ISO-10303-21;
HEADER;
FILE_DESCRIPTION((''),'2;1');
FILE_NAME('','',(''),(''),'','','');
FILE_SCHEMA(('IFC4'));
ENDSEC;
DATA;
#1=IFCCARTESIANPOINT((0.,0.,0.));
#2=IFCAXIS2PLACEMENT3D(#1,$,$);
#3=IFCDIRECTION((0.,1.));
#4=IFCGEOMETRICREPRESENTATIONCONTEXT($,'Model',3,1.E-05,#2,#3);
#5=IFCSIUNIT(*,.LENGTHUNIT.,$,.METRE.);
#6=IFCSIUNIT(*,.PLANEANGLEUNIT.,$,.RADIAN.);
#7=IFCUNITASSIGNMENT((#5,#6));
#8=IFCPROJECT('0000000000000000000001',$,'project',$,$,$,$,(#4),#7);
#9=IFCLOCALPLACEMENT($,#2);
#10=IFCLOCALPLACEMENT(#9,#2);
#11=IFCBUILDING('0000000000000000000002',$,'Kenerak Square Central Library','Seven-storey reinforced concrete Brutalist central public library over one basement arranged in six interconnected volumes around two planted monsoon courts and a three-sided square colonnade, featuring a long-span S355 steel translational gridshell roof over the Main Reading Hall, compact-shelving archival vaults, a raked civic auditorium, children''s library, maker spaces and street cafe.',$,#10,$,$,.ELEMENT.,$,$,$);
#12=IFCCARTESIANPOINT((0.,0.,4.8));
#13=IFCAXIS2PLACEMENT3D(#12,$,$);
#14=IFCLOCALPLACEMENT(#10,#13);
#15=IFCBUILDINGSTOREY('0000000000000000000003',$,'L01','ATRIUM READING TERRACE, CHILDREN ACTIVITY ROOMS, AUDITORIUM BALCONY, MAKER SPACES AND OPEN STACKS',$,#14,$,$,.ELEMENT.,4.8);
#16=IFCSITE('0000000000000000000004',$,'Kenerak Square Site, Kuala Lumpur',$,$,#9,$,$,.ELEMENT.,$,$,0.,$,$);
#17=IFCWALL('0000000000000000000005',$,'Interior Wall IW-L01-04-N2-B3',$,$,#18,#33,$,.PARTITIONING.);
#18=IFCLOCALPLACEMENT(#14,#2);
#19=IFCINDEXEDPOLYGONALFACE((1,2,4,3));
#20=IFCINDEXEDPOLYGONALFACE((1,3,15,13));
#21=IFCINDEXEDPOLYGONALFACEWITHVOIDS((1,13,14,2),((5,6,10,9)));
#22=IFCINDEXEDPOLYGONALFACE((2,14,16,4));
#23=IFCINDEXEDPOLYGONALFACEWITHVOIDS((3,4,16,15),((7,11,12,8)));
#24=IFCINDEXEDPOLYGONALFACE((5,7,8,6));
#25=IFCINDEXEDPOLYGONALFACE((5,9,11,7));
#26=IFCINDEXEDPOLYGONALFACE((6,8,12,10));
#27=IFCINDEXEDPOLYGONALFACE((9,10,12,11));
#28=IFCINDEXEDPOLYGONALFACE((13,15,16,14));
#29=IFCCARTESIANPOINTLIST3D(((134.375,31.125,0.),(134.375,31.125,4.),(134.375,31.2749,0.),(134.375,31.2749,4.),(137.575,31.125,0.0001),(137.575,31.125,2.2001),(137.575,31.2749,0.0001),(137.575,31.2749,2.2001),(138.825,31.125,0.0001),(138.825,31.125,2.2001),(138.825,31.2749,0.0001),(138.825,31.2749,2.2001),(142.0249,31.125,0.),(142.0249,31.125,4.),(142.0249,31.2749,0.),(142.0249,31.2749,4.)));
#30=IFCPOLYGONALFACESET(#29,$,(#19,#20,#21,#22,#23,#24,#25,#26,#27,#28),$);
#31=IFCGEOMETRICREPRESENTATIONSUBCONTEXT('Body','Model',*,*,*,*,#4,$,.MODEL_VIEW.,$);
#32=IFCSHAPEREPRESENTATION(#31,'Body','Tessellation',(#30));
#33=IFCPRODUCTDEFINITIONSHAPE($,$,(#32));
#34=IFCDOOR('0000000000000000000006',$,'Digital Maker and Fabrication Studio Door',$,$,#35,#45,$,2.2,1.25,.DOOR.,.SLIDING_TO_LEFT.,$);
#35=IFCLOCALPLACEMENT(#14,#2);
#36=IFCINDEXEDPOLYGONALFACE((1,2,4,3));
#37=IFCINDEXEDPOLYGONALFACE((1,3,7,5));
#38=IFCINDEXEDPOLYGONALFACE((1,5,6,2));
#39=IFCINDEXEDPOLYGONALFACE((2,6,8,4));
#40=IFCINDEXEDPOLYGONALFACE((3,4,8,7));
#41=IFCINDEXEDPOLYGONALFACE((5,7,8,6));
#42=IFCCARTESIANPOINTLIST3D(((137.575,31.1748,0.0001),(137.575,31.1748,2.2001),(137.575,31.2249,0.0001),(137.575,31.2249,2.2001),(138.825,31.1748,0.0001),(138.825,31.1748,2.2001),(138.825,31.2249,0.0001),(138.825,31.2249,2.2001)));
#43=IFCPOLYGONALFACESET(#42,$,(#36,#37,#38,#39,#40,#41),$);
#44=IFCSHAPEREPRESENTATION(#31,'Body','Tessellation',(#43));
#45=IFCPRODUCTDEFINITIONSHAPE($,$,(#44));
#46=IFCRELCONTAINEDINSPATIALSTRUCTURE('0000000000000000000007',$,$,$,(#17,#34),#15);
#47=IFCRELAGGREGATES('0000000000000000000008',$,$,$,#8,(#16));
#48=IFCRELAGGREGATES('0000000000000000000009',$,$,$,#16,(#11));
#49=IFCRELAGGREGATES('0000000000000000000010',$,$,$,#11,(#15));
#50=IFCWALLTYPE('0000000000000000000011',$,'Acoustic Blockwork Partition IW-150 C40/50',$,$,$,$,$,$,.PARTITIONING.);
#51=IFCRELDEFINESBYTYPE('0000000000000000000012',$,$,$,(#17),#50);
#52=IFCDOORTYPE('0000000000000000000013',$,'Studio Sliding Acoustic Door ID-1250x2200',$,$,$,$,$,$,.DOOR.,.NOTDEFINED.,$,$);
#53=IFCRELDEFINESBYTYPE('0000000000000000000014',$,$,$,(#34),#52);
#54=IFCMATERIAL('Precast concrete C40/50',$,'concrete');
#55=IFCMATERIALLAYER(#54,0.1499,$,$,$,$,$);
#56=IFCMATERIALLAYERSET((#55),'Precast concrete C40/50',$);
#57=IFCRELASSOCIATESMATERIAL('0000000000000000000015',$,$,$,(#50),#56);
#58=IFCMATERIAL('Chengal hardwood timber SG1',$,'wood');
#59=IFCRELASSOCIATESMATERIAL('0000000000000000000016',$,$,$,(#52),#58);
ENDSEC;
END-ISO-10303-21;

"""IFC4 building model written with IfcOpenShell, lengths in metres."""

from ifc_helpers import new_model, si_unit, direction, frame, frame_2d, origin, place, context, subcontext, project, spatial, rectangle, extrude, material, layer, layer_set, type_object, element, fill, save


model = new_model("IFC4")

# Units and contexts
model_context = context("Model", 3, precision=1e-05, world=origin(), true_north=direction((0.0, 1.0)))
body_context = subcontext(model_context, "Body", "Model", "MODEL_VIEW")
ifc_project = project(units=[si_unit("LENGTHUNIT", "METRE"), si_unit("PLANEANGLEUNIT", "RADIAN")], contexts=[model_context])

# Site, building, storey
site_placement = place(None, origin())
site = spatial("IfcSite", under=ifc_project, at=site_placement, Name="Kenerak Square Site, Kuala Lumpur", CompositionType="ELEMENT", RefElevation=0.0)
building_placement = place(site_placement, origin())
building = spatial("IfcBuilding", under=site, at=building_placement, Name="Kenerak Square Central Library", Description="Seven-storey reinforced concrete Brutalist central public library over one basement arranged in six interconnected volumes around two planted monsoon courts and a three-sided square colonnade, featuring a long-span S355 steel translational gridshell roof over the Main Reading Hall, compact-shelving archival vaults, a raked civic auditorium, children's library, maker spaces and street cafe.", CompositionType="ELEMENT")
storey_placement = place(building_placement, frame((0.0, 0.0, 4.8)))
storey = spatial("IfcBuildingStorey", under=building, at=storey_placement, Name="L01", Description="ATRIUM READING TERRACE, CHILDREN ACTIVITY ROOMS, AUDITORIUM BALCONY, MAKER SPACES AND OPEN STACKS", CompositionType="ELEMENT", Elevation=4.8)

# Wall, opening, door
ifc_material_1 = material(Name="Precast concrete C40/50", Category="concrete")
ifc_layer_1 = layer(ifc_material_1, 0.1499)
ifc_layer_set_1 = layer_set([ifc_layer_1], Name="Precast concrete C40/50")
wall_type = type_object("IfcWallType", Name="Acoustic Blockwork Partition IW-150 C40/50", PredefinedType="PARTITIONING", material=ifc_layer_set_1)
wall_placement = place(storey_placement, frame((134.375, 31.2, 0.0), z_axis=(0.0, 0.0, 1.0), x_axis=(1.0, 0.0, 0.0)))
wall = element("IfcWall", 1, at=wall_placement, inside=storey, type_object=wall_type, Name="Interior Wall IW-L01-04-N2-B3", PredefinedType="PARTITIONING", context=body_context, shape_type="SweptSolid", body=[
    extrude(rectangle(XDim=7.6499, YDim=0.1499, at=frame_2d((3.825, 0.0))), origin(), (0.0, 0.0, 1.0), 4.0),
])
opening_placement = place(wall_placement, frame((3.2, 0.0, 0.0)))
opening = element("IfcOpeningElement", 2, at=opening_placement, cuts=wall, PredefinedType="OPENING", context=body_context, shape_type="SweptSolid", body=[
    extrude(rectangle(XDim=1.25, YDim=2.2, at=frame_2d((0.625, 1.1001))), frame((0.0, 0.085, 0.0), z_axis=(0.0, -1.0, 0.0), x_axis=(1.0, 0.0, 0.0)), (0.0, 0.0, 1.0), 0.1699),
])
ifc_material_2 = material(Name="Chengal hardwood timber SG1", Category="wood")
door_type = type_object("IfcDoorType", Name="Studio Sliding Acoustic Door ID-1250x2200", OperationType="NOTDEFINED", PredefinedType="DOOR", material=ifc_material_2)
door_placement = place(opening_placement, origin())
door = element("IfcDoor", 3, at=door_placement, inside=storey, type_object=door_type, Name="Digital Maker and Fabrication Studio Door", OperationType="SLIDING_TO_LEFT", OverallHeight=2.2, OverallWidth=1.25, PredefinedType="DOOR", context=body_context, shape_type="SweptSolid", body=[
    extrude(rectangle(XDim=1.25, YDim=2.2, at=frame_2d((0.625, 1.1001))), frame((0.0, 0.0249, 0.0), z_axis=(0.0, -1.0, 0.0), x_axis=(1.0, 0.0, 0.0)), (0.0, 0.0, 1.0), 0.05),
])
fill(opening, door)

save(model, "model.ifc")
